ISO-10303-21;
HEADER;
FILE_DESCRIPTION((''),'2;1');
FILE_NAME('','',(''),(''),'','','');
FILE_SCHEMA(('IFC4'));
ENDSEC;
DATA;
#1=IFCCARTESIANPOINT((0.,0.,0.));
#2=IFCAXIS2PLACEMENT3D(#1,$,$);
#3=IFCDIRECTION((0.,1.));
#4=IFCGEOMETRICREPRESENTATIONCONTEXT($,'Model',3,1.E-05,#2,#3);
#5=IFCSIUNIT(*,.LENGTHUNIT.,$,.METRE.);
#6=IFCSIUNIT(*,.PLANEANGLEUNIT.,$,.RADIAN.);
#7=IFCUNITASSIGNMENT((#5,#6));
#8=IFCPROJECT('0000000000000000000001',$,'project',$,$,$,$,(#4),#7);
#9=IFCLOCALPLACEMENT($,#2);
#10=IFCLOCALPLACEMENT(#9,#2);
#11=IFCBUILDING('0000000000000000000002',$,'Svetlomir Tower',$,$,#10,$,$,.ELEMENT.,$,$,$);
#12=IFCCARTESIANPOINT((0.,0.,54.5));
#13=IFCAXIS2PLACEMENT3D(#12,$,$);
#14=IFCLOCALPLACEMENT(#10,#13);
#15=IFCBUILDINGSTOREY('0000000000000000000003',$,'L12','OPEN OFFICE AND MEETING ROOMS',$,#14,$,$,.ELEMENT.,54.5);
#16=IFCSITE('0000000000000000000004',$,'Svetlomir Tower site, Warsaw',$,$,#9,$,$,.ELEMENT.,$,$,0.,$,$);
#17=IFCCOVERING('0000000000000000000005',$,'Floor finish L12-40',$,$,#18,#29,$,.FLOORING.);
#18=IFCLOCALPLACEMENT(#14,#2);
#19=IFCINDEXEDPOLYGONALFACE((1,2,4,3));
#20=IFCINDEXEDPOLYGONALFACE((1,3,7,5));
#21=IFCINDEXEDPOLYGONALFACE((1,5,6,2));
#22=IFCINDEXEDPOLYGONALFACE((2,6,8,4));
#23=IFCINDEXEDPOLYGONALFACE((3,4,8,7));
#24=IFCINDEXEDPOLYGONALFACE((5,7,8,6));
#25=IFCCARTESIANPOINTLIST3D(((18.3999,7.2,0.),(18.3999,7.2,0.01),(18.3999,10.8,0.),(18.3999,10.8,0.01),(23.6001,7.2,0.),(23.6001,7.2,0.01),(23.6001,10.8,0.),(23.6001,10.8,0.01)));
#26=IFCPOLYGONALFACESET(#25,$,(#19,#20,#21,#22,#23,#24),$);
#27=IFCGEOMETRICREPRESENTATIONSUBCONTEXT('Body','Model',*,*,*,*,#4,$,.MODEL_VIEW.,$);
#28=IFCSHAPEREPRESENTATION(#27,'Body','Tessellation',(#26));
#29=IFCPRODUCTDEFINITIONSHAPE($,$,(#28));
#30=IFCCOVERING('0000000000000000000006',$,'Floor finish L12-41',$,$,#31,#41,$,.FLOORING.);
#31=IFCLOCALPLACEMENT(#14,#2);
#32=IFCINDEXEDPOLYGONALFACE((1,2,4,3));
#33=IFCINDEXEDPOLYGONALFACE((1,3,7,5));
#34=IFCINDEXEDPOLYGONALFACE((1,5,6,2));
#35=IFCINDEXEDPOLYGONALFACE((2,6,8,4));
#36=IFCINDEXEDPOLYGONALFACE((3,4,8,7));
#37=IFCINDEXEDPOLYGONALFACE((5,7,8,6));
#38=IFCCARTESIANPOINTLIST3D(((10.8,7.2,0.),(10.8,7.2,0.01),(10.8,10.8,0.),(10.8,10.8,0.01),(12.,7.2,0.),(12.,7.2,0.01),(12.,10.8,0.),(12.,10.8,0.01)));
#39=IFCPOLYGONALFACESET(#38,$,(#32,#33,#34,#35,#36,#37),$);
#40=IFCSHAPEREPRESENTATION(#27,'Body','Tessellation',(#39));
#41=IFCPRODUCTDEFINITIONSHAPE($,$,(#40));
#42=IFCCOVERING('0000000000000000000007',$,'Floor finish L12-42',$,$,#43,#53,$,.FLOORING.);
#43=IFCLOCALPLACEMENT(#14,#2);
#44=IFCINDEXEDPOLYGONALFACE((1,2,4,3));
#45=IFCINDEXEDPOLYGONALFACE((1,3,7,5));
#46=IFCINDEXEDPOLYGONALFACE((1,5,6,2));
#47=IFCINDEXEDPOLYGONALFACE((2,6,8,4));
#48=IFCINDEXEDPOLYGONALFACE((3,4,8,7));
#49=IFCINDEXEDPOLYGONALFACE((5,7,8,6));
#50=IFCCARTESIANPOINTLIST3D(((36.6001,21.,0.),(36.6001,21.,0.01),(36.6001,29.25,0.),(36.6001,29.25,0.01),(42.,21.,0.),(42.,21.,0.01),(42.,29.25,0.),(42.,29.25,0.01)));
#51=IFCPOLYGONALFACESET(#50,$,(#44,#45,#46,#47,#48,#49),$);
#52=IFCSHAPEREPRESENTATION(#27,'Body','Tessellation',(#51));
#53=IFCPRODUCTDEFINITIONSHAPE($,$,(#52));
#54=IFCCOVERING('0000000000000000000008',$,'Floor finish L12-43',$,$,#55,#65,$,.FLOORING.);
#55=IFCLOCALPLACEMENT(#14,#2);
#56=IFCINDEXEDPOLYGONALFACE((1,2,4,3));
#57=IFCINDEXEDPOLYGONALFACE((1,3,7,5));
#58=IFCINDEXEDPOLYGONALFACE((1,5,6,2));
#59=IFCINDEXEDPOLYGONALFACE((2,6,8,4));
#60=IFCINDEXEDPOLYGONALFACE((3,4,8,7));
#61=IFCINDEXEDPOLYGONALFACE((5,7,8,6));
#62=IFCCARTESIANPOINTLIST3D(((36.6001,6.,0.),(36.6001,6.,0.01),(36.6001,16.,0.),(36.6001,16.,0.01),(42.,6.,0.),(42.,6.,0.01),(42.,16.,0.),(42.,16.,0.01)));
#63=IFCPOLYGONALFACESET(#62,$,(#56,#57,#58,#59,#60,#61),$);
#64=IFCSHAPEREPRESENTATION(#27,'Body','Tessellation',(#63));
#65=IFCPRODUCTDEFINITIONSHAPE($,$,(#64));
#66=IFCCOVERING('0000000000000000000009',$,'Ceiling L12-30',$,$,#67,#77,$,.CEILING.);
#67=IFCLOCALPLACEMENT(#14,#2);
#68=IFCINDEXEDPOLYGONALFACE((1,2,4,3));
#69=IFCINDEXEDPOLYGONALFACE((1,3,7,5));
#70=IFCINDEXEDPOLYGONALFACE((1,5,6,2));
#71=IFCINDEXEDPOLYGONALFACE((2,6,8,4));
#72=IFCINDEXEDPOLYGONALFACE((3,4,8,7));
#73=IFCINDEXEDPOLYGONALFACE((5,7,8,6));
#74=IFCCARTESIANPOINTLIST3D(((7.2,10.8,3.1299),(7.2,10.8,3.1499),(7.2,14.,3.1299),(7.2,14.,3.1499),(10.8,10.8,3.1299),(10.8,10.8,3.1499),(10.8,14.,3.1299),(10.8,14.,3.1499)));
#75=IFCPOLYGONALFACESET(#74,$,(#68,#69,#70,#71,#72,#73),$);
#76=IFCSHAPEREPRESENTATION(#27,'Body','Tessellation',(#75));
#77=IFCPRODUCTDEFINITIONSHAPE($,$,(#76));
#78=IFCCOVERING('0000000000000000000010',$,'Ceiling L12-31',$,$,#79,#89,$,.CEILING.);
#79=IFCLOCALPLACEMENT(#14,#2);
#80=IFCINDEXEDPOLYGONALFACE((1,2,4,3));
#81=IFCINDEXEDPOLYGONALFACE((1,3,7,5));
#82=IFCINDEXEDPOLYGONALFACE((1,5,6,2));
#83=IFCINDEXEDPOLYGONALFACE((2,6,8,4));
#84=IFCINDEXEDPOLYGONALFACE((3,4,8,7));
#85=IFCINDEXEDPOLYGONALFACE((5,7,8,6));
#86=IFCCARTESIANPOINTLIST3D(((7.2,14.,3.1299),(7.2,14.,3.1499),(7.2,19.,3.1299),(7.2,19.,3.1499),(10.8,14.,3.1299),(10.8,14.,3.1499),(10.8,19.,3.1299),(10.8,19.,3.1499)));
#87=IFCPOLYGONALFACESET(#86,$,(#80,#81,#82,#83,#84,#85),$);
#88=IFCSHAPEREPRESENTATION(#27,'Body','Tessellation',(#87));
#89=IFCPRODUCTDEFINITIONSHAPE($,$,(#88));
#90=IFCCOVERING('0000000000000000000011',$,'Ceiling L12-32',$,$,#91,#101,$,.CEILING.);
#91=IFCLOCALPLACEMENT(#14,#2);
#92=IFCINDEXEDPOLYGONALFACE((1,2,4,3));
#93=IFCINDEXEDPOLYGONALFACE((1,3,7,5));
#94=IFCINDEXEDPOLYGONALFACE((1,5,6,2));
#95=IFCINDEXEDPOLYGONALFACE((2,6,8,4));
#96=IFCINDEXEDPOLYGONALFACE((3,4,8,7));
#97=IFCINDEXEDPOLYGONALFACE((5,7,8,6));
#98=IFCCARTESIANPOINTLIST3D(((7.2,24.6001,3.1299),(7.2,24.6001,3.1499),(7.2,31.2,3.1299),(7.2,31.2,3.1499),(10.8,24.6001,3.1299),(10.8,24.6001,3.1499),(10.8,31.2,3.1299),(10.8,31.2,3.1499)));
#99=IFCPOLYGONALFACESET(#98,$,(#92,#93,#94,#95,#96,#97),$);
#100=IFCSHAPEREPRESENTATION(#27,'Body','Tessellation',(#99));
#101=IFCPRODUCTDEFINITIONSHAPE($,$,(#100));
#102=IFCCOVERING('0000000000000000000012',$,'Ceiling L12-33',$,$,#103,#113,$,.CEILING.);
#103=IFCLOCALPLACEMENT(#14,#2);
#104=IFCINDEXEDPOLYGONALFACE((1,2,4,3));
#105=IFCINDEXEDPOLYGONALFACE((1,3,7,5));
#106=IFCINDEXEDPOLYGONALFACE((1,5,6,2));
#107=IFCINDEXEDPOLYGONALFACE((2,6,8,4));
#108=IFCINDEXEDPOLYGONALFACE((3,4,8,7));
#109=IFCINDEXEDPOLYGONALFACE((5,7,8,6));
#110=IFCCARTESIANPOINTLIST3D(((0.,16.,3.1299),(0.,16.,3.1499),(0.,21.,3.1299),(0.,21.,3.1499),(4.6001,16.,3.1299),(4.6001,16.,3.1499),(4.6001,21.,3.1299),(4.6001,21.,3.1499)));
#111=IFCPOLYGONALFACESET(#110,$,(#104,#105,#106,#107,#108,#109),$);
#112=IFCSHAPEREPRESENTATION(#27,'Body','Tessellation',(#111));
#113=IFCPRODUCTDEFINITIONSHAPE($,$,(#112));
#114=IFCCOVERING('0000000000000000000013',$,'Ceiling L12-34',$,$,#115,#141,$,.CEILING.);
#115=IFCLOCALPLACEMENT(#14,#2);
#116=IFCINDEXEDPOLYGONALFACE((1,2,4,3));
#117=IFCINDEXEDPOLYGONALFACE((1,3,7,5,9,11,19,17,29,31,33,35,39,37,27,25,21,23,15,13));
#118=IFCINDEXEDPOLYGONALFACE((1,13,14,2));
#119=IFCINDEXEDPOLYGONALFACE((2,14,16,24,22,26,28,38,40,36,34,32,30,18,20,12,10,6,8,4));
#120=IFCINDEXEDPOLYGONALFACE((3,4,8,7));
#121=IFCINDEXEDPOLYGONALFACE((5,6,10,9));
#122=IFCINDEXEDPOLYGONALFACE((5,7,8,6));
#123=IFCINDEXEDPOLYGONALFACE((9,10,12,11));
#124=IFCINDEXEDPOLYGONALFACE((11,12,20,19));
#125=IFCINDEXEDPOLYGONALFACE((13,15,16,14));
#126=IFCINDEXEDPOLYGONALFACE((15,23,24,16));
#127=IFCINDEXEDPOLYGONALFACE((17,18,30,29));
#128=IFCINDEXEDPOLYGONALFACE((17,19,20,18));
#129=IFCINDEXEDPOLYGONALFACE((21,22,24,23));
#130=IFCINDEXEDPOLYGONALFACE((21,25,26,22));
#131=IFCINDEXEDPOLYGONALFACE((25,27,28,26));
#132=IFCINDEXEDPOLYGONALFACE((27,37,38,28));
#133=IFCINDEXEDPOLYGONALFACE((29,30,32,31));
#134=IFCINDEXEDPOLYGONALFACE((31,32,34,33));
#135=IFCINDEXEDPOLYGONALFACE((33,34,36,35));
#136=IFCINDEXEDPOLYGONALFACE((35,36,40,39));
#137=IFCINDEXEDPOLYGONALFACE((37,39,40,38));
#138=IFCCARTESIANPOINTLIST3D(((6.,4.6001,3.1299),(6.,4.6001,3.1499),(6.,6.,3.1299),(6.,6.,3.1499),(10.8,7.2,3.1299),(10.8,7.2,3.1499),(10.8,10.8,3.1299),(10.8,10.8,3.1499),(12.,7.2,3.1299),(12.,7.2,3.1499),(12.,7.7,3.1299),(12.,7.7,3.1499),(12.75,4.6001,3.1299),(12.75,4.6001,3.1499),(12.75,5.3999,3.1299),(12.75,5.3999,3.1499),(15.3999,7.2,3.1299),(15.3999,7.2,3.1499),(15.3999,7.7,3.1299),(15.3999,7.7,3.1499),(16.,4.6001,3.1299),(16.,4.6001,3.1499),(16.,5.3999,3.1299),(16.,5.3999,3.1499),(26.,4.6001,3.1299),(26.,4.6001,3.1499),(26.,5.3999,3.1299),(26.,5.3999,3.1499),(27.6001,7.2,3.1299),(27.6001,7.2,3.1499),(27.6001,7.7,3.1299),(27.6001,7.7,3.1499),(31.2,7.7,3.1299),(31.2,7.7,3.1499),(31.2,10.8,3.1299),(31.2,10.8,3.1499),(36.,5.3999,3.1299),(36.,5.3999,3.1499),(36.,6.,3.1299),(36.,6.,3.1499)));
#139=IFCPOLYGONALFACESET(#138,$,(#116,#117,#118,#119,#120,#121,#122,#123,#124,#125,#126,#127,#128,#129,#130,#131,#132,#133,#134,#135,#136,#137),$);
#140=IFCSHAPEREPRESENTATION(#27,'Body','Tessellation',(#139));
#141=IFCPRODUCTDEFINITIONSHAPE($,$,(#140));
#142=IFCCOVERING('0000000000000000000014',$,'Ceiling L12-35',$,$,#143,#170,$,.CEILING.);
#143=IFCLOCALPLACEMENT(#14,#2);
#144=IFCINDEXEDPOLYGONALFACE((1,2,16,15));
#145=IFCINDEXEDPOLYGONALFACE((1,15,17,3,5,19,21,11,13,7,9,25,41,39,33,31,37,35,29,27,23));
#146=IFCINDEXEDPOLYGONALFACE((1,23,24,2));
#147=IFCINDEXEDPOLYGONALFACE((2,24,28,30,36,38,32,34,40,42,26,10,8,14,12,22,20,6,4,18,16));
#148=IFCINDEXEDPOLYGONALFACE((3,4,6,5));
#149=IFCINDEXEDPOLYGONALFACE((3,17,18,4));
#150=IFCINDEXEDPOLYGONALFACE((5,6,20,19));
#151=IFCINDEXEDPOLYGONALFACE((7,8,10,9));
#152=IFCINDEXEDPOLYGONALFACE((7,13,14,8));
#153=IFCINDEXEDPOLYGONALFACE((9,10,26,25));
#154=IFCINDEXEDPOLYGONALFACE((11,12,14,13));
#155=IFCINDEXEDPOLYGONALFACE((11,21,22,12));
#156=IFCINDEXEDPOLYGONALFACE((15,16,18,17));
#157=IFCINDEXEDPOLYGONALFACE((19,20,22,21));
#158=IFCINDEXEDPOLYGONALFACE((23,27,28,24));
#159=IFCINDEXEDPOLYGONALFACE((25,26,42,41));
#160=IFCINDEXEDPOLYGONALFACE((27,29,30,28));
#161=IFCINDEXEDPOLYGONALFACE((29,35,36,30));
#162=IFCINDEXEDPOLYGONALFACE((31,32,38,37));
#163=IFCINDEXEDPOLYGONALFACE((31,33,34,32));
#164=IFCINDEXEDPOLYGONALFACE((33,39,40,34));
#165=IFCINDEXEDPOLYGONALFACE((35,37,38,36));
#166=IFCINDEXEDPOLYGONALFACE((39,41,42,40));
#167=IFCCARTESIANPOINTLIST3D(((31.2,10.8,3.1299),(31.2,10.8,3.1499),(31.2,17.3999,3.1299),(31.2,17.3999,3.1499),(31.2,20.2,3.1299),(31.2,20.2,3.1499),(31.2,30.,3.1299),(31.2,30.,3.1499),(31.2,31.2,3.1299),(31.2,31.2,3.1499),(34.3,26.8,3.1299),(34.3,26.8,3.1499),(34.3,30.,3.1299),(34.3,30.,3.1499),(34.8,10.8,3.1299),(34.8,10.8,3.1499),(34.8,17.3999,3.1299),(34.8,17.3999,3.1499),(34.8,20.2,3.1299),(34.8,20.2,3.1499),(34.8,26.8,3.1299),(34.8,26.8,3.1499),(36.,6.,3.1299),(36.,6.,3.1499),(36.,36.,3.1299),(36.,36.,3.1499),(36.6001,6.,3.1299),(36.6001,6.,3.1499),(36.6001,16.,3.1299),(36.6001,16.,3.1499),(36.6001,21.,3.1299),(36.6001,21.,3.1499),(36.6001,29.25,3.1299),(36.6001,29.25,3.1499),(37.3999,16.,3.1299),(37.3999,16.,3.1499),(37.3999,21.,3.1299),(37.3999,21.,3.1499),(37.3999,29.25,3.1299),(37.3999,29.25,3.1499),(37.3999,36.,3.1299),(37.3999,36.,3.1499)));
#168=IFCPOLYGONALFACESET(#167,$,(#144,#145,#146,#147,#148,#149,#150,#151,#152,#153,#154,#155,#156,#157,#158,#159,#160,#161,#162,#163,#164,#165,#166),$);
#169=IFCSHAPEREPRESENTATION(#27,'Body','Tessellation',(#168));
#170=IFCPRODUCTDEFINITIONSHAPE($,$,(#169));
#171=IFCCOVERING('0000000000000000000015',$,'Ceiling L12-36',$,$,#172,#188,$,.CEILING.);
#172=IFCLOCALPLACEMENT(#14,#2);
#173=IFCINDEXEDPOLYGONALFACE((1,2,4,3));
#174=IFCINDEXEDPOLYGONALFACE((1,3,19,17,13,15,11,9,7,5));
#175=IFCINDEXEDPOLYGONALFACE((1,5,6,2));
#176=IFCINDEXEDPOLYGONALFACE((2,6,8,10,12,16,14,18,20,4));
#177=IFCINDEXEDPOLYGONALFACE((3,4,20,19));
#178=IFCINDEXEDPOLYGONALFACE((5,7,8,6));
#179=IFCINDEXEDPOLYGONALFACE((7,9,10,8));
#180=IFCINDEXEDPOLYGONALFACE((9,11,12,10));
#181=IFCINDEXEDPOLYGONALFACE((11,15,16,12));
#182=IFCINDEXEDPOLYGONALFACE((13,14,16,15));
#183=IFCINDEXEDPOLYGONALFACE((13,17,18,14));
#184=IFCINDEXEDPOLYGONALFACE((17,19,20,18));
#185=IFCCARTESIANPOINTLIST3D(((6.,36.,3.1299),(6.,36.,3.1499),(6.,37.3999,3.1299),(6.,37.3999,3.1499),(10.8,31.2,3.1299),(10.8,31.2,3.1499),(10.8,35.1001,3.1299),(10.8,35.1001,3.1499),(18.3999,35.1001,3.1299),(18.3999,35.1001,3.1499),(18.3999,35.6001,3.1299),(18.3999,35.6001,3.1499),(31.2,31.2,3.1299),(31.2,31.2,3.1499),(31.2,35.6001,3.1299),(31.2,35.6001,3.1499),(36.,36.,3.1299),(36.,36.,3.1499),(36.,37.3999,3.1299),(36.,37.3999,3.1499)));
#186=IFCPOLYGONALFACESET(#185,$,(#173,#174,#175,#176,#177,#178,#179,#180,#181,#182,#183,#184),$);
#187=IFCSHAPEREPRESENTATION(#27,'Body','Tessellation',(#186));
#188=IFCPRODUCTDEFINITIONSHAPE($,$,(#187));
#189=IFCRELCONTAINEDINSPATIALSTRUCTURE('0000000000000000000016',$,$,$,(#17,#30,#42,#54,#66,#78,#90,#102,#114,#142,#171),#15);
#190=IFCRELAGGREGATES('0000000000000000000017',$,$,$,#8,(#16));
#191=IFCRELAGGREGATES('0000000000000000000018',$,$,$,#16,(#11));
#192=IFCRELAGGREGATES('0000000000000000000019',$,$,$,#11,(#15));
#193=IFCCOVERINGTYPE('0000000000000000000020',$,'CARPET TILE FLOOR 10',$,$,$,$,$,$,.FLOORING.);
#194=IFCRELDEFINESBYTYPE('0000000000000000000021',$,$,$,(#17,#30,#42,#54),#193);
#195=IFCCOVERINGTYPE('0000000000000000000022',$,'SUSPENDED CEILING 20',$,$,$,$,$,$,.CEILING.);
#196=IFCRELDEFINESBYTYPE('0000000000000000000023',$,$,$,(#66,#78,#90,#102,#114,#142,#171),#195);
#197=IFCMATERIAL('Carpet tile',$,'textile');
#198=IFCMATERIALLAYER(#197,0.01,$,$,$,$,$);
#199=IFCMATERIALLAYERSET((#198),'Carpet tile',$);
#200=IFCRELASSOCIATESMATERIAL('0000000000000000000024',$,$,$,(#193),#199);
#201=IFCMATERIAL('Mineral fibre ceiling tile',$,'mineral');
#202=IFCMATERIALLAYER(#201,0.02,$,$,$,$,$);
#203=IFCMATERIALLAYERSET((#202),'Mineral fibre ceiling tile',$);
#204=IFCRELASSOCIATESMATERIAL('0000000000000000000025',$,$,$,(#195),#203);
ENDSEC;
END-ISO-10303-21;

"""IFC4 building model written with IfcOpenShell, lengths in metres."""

from ifc_helpers import new_model, si_unit, direction, frame, origin, place, context, subcontext, project, spatial, polyline, outline, extrude, material, layer, layer_set, type_object, element, save


model = new_model("IFC4")

# Units and contexts
model_context = context("Model", 3, precision=1e-05, world=origin(), true_north=direction((0.0, 1.0)))
body_context = subcontext(model_context, "Body", "Model", "MODEL_VIEW")
ifc_project = project(units=[si_unit("LENGTHUNIT", "METRE"), si_unit("PLANEANGLEUNIT", "RADIAN")], contexts=[model_context])

# Site, building, storey
site_placement = place(None, origin())
site = spatial("IfcSite", under=ifc_project, at=site_placement, Name="Svetlomir Tower site, Warsaw", CompositionType="ELEMENT", RefElevation=0.0)
building_placement = place(site_placement, origin())
building = spatial("IfcBuilding", under=site, at=building_placement, Name="Svetlomir Tower", CompositionType="ELEMENT")
storey_placement = place(building_placement, frame((0.0, 0.0, 54.5)))
storey = spatial("IfcBuildingStorey", under=building, at=storey_placement, Name="L12", Description="OPEN OFFICE AND MEETING ROOMS", CompositionType="ELEMENT", Elevation=54.5)

# Coverings
ifc_material_1 = material(Name="Carpet tile", Category="textile")
ifc_layer_1 = layer(ifc_material_1, 0.01)
ifc_layer_set_1 = layer_set([ifc_layer_1], Name="Carpet tile")
covering_type_1 = type_object("IfcCoveringType", Name="CARPET TILE FLOOR 10", PredefinedType="FLOORING", material=ifc_layer_set_1)
covering_1_placement = place(storey_placement, origin())
element("IfcCovering", 1, at=covering_1_placement, inside=storey, type_object=covering_type_1, Name="Floor finish L12-40", PredefinedType="FLOORING", context=body_context, shape_type="SweptSolid", body=[
    extrude(outline(polyline([(23.6001, 10.8), (23.6001, 7.2), (18.3999, 7.2), (18.3999, 10.8), (23.6001, 10.8)])), origin(), (0.0, 0.0, 1.0), 0.01),
])
covering_2_placement = place(storey_placement, origin())
element("IfcCovering", 2, at=covering_2_placement, inside=storey, type_object=covering_type_1, Name="Floor finish L12-41", PredefinedType="FLOORING", context=body_context, shape_type="SweptSolid", body=[
    extrude(outline(polyline([(12.0, 7.2), (10.8, 7.2), (10.8, 10.8), (12.0, 10.8), (12.0, 7.2)])), origin(), (0.0, 0.0, 1.0), 0.01),
])
covering_3_placement = place(storey_placement, origin())
element("IfcCovering", 3, at=covering_3_placement, inside=storey, type_object=covering_type_1, Name="Floor finish L12-42", PredefinedType="FLOORING", context=body_context, shape_type="SweptSolid", body=[
    extrude(outline(polyline([(42.0, 21.0), (36.6001, 21.0), (36.6001, 29.25), (42.0, 29.25), (42.0, 21.0)])), origin(), (0.0, 0.0, 1.0), 0.01),
])
covering_4_placement = place(storey_placement, origin())
element("IfcCovering", 4, at=covering_4_placement, inside=storey, type_object=covering_type_1, Name="Floor finish L12-43", PredefinedType="FLOORING", context=body_context, shape_type="SweptSolid", body=[
    extrude(outline(polyline([(42.0, 6.0), (36.6001, 6.0), (36.6001, 16.0), (42.0, 16.0), (42.0, 6.0)])), origin(), (0.0, 0.0, 1.0), 0.01),
])
ifc_material_2 = material(Name="Mineral fibre ceiling tile", Category="mineral")
ifc_layer_2 = layer(ifc_material_2, 0.02)
ifc_layer_set_2 = layer_set([ifc_layer_2], Name="Mineral fibre ceiling tile")
covering_type_2 = type_object("IfcCoveringType", Name="SUSPENDED CEILING 20", PredefinedType="CEILING", material=ifc_layer_set_2)
covering_5_placement = place(storey_placement, frame((0.0, 0.0, 3.1299)))
element("IfcCovering", 5, at=covering_5_placement, inside=storey, type_object=covering_type_2, Name="Ceiling L12-30", PredefinedType="CEILING", context=body_context, shape_type="SweptSolid", body=[
    extrude(outline(polyline([(7.2, 10.8), (10.8, 10.8), (10.8, 14.0), (7.2, 14.0), (7.2, 10.8)])), origin(), (0.0, 0.0, 1.0), 0.02),
])
covering_6_placement = place(storey_placement, frame((0.0, 0.0, 3.1299)))
element("IfcCovering", 6, at=covering_6_placement, inside=storey, type_object=covering_type_2, Name="Ceiling L12-31", PredefinedType="CEILING", context=body_context, shape_type="SweptSolid", body=[
    extrude(outline(polyline([(7.2, 14.0), (10.8, 14.0), (10.8, 19.0), (7.2, 19.0), (7.2, 14.0)])), origin(), (0.0, 0.0, 1.0), 0.02),
])
covering_7_placement = place(storey_placement, frame((0.0, 0.0, 3.1299)))
element("IfcCovering", 7, at=covering_7_placement, inside=storey, type_object=covering_type_2, Name="Ceiling L12-32", PredefinedType="CEILING", context=body_context, shape_type="SweptSolid", body=[
    extrude(outline(polyline([(7.2, 24.6001), (10.8, 24.6001), (10.8, 31.2), (7.2, 31.2), (7.2, 24.6001)])), origin(), (0.0, 0.0, 1.0), 0.02),
])
covering_8_placement = place(storey_placement, frame((0.0, 0.0, 3.1299)))
element("IfcCovering", 8, at=covering_8_placement, inside=storey, type_object=covering_type_2, Name="Ceiling L12-33", PredefinedType="CEILING", context=body_context, shape_type="SweptSolid", body=[
    extrude(outline(polyline([(0.0, 16.0), (4.6001, 16.0), (4.6001, 21.0), (0.0, 21.0), (0.0, 16.0)])), origin(), (0.0, 0.0, 1.0), 0.02),
])
covering_9_placement = place(storey_placement, frame((0.0, 0.0, 3.1299)))
element("IfcCovering", 9, at=covering_9_placement, inside=storey, type_object=covering_type_2, Name="Ceiling L12-34", PredefinedType="CEILING", context=body_context, shape_type="SweptSolid", body=[
    extrude(outline(polyline([(6.0, 6.0), (10.8, 10.8), (10.8, 7.2), (12.0, 7.2), (12.0, 7.7), (15.3999, 7.7), (15.3999, 7.2), (27.6001, 7.2), (27.6001, 7.7), (31.2, 7.7), (31.2, 10.8), (36.0, 6.0), (36.0, 5.3999), (26.0, 5.3999), (26.0, 4.6001), (16.0, 4.6001), (16.0, 5.3999), (12.75, 5.3999), (12.75, 4.6001), (6.0, 4.6001), (6.0, 6.0)])), origin(), (0.0, 0.0, 1.0), 0.02),
])
covering_10_placement = place(storey_placement, frame((0.0, 0.0, 3.1299)))
element("IfcCovering", 10, at=covering_10_placement, inside=storey, type_object=covering_type_2, Name="Ceiling L12-35", PredefinedType="CEILING", context=body_context, shape_type="SweptSolid", body=[
    extrude(outline(polyline([(31.2, 17.3999), (31.2, 20.2), (34.8, 20.2), (34.8, 26.8), (34.3, 26.8), (34.3, 30.0), (31.2, 30.0), (31.2, 31.2), (36.0, 36.0), (37.3999, 36.0), (37.3999, 29.25), (36.6001, 29.25), (36.6001, 21.0), (37.3999, 21.0), (37.3999, 16.0), (36.6001, 16.0), (36.6001, 6.0), (36.0, 6.0), (31.2, 10.8), (34.8, 10.8), (34.8, 17.3999), (31.2, 17.3999)])), origin(), (0.0, 0.0, 1.0), 0.02),
])
covering_11_placement = place(storey_placement, frame((0.0, 0.0, 3.1299)))
element("IfcCovering", 11, at=covering_11_placement, inside=storey, type_object=covering_type_2, Name="Ceiling L12-36", PredefinedType="CEILING", context=body_context, shape_type="SweptSolid", body=[
    extrude(outline(polyline([(6.0, 37.3999), (36.0, 37.3999), (36.0, 36.0), (31.2, 31.2), (31.2, 35.6001), (18.3999, 35.6001), (18.3999, 35.1001), (10.8, 35.1001), (10.8, 31.2), (6.0, 36.0), (6.0, 37.3999)])), origin(), (0.0, 0.0, 1.0), 0.02),
])

save(model, "model.ifc")
